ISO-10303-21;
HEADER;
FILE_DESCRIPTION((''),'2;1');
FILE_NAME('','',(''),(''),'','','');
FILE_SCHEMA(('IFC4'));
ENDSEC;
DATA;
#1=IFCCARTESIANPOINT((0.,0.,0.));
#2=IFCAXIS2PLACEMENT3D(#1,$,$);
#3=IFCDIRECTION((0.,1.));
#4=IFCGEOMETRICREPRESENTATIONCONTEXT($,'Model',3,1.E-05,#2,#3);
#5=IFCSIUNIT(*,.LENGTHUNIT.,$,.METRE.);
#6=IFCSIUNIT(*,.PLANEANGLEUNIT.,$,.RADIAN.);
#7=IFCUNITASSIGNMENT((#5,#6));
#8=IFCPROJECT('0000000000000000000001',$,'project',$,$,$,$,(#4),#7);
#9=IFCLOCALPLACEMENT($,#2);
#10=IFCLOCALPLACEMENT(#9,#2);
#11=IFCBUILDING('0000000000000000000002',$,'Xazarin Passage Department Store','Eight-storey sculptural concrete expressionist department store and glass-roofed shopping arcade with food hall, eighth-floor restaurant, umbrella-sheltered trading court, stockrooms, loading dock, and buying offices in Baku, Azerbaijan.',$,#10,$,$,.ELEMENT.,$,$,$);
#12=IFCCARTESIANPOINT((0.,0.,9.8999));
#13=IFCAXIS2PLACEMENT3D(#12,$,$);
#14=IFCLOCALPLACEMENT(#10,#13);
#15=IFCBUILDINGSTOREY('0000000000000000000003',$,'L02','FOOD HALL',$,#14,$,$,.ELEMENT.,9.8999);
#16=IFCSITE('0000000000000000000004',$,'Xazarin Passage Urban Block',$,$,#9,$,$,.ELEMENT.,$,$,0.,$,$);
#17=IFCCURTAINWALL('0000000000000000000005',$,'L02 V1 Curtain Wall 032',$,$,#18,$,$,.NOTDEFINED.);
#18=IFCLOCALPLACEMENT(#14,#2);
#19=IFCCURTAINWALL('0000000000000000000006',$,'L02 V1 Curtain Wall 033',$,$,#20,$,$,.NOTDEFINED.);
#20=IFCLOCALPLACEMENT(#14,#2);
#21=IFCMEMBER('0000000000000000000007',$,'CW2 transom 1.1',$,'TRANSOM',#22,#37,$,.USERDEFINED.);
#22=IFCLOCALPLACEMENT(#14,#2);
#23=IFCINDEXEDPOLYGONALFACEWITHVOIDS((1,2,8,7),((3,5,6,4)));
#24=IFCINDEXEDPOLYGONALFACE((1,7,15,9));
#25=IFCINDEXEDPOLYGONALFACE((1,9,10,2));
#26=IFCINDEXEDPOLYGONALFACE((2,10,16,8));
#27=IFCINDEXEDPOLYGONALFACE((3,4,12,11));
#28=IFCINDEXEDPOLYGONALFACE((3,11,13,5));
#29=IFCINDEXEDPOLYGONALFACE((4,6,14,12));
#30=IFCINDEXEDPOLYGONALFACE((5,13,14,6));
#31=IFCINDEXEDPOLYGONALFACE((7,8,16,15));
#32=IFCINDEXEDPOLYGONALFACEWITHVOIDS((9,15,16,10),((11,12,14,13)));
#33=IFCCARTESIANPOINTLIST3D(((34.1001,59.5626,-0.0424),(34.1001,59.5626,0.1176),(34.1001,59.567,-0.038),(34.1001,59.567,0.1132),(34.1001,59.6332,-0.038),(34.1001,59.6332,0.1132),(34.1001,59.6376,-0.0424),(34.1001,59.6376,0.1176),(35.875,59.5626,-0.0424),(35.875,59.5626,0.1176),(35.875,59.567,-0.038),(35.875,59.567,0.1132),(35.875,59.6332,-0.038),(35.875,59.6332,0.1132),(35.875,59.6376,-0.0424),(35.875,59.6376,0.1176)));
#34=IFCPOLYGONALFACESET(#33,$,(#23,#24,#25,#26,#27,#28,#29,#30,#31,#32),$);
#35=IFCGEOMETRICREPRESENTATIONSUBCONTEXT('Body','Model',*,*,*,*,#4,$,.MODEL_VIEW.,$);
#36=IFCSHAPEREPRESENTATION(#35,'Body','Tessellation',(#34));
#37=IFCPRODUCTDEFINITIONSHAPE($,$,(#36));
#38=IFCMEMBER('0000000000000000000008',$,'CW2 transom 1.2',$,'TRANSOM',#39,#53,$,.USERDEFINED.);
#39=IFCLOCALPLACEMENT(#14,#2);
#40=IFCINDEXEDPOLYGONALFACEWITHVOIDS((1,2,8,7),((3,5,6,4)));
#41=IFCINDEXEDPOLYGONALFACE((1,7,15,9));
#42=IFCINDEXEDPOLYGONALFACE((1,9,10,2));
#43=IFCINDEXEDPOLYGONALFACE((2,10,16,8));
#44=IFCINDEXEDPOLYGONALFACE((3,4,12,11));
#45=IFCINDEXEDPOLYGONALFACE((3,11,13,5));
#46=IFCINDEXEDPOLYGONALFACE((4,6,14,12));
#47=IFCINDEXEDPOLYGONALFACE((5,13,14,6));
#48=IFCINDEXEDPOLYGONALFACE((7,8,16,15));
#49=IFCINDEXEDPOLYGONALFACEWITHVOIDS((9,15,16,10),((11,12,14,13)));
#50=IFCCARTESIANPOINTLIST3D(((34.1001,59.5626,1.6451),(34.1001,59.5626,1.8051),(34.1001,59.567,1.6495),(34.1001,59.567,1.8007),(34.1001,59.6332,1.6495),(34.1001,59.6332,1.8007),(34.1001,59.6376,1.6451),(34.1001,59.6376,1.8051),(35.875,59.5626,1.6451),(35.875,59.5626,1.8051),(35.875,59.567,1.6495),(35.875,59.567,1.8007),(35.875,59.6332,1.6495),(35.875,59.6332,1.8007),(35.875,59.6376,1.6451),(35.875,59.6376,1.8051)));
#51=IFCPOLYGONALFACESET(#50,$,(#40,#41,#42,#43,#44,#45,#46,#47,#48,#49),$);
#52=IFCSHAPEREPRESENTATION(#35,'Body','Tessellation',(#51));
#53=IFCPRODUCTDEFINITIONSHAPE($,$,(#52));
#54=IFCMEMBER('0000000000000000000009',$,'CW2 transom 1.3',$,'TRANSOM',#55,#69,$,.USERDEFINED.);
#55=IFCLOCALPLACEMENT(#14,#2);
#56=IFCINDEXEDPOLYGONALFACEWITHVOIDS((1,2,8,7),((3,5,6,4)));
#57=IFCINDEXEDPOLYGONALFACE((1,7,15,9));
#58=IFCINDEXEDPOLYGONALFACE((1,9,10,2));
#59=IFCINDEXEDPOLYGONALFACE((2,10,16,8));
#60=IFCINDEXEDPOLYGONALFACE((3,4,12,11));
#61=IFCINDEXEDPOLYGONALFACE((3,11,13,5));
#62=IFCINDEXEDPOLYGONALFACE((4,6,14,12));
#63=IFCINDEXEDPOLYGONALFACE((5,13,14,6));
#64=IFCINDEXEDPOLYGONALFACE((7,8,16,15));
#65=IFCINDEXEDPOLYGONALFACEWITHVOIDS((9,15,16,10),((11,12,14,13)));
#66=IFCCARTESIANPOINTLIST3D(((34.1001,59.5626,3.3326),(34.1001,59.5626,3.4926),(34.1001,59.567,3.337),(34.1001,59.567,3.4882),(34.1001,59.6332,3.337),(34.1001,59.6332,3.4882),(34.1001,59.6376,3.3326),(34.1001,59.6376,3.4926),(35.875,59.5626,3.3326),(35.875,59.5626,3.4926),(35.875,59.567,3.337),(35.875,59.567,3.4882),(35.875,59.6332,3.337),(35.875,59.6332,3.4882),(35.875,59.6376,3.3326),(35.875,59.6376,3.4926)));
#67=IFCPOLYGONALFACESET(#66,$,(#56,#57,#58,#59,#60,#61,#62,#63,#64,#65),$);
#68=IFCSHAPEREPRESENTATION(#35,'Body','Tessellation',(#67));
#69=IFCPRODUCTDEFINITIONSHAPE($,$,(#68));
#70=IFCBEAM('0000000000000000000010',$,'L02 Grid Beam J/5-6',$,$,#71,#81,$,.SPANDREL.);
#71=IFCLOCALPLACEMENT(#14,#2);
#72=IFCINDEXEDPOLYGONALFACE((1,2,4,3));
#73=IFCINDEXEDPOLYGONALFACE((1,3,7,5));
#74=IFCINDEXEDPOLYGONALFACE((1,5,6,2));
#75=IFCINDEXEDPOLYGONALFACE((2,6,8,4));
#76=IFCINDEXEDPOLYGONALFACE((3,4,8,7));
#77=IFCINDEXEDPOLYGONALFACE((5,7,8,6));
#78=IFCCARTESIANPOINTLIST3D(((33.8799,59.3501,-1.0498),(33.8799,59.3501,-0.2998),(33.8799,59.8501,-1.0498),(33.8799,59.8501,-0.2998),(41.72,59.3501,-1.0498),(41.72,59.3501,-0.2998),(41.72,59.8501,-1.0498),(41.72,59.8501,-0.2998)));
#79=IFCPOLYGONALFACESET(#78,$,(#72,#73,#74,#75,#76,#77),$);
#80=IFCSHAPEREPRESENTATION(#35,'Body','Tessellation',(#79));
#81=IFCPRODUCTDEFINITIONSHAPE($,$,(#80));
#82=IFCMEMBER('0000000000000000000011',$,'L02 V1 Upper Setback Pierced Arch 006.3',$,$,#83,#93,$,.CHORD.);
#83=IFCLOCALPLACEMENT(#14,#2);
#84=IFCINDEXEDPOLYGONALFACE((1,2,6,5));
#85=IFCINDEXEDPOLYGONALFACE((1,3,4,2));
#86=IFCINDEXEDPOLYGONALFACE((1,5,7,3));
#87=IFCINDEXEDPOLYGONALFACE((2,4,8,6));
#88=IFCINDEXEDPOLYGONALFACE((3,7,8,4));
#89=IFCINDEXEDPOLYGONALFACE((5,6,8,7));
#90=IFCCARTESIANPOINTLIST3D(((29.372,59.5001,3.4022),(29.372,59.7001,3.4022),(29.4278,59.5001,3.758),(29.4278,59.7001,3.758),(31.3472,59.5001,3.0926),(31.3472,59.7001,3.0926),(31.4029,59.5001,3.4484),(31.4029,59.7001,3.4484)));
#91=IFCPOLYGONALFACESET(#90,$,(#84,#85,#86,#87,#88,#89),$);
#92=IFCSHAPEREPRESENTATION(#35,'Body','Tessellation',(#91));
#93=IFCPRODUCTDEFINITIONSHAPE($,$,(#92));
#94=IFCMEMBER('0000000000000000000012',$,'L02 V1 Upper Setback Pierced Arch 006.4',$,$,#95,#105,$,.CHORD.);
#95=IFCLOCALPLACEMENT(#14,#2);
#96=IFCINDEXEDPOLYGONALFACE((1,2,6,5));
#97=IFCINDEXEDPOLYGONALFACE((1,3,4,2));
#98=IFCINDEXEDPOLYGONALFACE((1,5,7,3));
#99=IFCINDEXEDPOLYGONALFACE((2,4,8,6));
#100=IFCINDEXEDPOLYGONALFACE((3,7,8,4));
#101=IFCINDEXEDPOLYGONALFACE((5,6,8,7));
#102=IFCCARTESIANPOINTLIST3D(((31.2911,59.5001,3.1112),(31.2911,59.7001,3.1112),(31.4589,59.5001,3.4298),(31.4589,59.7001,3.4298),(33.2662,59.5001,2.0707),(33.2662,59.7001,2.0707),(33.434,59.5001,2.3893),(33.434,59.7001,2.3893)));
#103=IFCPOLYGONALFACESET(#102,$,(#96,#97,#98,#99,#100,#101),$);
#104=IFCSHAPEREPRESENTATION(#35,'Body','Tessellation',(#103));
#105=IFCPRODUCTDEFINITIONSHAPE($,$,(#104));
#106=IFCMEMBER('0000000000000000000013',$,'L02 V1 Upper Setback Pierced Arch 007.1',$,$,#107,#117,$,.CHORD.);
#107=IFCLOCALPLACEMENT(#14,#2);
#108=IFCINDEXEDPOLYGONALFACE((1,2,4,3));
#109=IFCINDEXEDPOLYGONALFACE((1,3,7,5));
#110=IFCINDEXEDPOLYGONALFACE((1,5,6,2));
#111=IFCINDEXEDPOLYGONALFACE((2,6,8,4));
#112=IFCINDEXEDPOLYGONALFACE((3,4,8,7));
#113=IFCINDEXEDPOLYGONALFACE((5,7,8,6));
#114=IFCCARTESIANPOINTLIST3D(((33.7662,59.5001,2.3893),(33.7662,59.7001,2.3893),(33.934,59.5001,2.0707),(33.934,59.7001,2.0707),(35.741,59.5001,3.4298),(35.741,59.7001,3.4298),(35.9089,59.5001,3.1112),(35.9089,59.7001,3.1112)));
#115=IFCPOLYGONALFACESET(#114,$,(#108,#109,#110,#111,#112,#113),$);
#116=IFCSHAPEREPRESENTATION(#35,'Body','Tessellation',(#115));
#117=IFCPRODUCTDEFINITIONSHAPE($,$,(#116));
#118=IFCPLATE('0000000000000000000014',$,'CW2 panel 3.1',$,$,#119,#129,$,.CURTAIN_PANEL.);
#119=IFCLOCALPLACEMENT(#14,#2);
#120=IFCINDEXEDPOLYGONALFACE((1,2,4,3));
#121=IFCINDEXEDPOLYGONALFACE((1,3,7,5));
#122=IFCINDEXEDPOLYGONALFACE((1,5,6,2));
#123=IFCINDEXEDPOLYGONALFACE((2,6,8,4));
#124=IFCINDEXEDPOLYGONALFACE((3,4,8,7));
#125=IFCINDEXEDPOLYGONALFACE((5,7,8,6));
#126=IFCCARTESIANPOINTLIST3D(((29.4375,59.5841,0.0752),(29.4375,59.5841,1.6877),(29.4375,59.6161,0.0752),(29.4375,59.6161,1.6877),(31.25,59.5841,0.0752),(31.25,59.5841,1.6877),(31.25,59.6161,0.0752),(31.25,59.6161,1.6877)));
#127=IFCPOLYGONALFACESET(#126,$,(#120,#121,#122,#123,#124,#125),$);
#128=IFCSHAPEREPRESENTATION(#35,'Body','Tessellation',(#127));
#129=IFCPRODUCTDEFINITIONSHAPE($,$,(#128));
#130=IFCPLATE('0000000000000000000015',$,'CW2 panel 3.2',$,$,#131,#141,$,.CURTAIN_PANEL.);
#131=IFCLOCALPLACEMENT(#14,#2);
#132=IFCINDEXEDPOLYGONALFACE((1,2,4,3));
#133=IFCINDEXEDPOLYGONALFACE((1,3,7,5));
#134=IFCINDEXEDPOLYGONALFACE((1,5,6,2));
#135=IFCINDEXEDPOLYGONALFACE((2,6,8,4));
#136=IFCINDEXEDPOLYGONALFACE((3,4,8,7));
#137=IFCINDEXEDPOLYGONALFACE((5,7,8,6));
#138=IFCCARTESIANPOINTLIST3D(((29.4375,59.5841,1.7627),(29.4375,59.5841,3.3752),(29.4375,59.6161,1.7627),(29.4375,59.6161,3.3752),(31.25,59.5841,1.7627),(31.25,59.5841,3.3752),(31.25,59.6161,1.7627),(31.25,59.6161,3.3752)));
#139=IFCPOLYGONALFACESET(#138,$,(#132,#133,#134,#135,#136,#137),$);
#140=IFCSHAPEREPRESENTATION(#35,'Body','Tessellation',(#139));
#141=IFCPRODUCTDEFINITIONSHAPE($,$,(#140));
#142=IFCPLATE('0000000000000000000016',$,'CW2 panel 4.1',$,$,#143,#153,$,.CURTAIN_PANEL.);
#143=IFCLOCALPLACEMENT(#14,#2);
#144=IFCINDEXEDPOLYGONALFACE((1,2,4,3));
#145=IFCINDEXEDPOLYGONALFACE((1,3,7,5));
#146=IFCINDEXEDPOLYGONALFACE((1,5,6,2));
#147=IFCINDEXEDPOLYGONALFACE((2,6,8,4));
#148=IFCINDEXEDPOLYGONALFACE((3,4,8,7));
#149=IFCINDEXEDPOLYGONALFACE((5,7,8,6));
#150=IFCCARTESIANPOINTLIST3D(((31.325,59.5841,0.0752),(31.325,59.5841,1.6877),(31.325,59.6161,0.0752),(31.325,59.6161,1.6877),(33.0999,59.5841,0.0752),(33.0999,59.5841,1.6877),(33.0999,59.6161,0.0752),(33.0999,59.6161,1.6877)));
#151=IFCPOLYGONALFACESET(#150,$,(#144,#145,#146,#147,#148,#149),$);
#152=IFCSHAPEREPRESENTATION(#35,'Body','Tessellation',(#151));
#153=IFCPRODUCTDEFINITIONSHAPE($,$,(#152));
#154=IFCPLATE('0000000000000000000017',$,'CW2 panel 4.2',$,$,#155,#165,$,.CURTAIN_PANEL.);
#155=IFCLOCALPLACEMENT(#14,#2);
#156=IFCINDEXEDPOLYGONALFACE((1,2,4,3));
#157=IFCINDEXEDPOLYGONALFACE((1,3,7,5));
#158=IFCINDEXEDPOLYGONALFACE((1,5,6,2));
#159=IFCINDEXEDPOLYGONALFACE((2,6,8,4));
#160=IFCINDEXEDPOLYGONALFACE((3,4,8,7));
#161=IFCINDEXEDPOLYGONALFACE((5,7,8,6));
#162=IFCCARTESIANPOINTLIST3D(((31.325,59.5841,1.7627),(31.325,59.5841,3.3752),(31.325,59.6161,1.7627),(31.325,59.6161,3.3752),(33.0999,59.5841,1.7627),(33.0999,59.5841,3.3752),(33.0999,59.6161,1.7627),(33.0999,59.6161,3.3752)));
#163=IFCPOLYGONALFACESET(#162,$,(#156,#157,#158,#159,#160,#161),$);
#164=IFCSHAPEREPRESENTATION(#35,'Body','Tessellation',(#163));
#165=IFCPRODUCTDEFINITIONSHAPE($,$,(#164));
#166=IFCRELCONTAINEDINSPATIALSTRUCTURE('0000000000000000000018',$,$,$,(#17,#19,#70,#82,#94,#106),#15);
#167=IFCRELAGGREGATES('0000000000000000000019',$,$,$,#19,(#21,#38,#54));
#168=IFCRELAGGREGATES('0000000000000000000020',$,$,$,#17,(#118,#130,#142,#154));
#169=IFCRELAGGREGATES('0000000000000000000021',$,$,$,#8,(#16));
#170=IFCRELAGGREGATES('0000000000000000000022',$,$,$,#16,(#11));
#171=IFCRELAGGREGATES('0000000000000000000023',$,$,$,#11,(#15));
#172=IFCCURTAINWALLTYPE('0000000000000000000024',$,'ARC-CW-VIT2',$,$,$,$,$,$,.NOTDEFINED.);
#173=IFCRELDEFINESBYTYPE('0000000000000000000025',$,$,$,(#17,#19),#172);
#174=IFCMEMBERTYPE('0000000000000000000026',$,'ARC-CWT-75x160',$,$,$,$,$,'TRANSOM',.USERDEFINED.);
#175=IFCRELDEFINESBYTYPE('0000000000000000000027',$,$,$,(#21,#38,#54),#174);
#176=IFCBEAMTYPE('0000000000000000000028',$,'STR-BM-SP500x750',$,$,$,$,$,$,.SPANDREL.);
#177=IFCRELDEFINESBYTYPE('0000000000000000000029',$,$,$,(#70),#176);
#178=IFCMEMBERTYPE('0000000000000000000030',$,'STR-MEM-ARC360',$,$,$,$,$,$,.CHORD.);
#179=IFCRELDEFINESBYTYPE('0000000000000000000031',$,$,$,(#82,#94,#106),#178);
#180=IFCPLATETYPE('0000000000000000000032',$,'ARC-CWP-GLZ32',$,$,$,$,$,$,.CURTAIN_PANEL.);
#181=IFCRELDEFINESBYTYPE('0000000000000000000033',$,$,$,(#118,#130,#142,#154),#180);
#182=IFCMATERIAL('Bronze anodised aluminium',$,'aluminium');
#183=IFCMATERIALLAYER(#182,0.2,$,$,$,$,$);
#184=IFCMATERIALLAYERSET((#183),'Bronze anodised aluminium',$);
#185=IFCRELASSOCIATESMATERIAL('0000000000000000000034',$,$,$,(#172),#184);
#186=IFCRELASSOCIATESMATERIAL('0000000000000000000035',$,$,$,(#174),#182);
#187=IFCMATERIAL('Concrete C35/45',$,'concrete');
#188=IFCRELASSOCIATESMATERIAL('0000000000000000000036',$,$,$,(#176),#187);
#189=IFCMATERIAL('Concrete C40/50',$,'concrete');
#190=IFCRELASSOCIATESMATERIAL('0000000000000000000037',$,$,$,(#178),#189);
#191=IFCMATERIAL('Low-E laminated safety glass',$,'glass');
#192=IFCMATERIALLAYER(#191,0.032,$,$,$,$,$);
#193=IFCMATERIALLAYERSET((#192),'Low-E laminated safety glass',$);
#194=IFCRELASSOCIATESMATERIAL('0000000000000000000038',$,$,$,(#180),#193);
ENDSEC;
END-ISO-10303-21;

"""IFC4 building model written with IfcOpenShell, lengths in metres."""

from ifc_helpers import new_model, si_unit, direction, frame, origin, origin_2d, place, context, subcontext, project, spatial, rectangle, hollow_rectangle, extrude, material, layer, layer_set, material_profile, profile_set, type_object, element, aggregate, save


model = new_model("IFC4")

# Units and contexts
model_context = context("Model", 3, precision=1e-05, world=origin(), true_north=direction((0.0, 1.0)))
body_context = subcontext(model_context, "Body", "Model", "MODEL_VIEW")
ifc_project = project(units=[si_unit("LENGTHUNIT", "METRE"), si_unit("PLANEANGLEUNIT", "RADIAN")], contexts=[model_context])

# Site, building, storey
site_placement = place(None, origin())
site = spatial("IfcSite", under=ifc_project, at=site_placement, Name="Xazarin Passage Urban Block", CompositionType="ELEMENT", RefElevation=0.0)
building_placement = place(site_placement, origin())
building = spatial("IfcBuilding", under=site, at=building_placement, Name="Xazarin Passage Department Store", Description="Eight-storey sculptural concrete expressionist department store and glass-roofed shopping arcade with food hall, eighth-floor restaurant, umbrella-sheltered trading court, stockrooms, loading dock, and buying offices in Baku, Azerbaijan.", CompositionType="ELEMENT")
storey_placement = place(building_placement, frame((0.0, 0.0, 9.8999)))
storey = spatial("IfcBuildingStorey", under=building, at=storey_placement, Name="L02", Description="FOOD HALL", CompositionType="ELEMENT", Elevation=9.8999)

# Shared definitions
ifc_material_1 = material(Name="Concrete C40/50", Category="concrete")

# Curtain wall
ifc_material_2 = material(Name="Bronze anodised aluminium", Category="aluminium")
ifc_layer_1 = layer(ifc_material_2, 0.2)
ifc_layer_set_1 = layer_set([ifc_layer_1], Name="Bronze anodised aluminium")
curtain_wall_type = type_object("IfcCurtainWallType", Name="ARC-CW-VIT2", PredefinedType="NOTDEFINED", material=ifc_layer_set_1)
curtain_wall_1_placement = place(storey_placement, origin())
curtain_wall_1 = element("IfcCurtainWall", 1, at=curtain_wall_1_placement, inside=storey, type_object=curtain_wall_type, Name="L02 V1 Curtain Wall 032", PredefinedType="NOTDEFINED")

# Curtain wall
curtain_wall_2_placement = place(storey_placement, origin())
curtain_wall_2 = element("IfcCurtainWall", 2, at=curtain_wall_2_placement, inside=storey, type_object=curtain_wall_type, Name="L02 V1 Curtain Wall 033", PredefinedType="NOTDEFINED")

# Members
ifc_material_profile_1 = material_profile(ifc_material_2, hollow_rectangle(XDim=0.075, YDim=0.1599, WallThickness=0.0044, at=origin_2d()), Name="ALU 75x160")
ifc_profile_set_1 = profile_set([ifc_material_profile_1], Name="Bronze anodised aluminium")
member_type_1 = type_object("IfcMemberType", Name="ARC-CWT-75x160", ElementType="TRANSOM", PredefinedType="USERDEFINED", material=ifc_profile_set_1)
member_1_placement = place(storey_placement, frame((34.1001, 59.6001, 0.0376), z_axis=(1.0, 0.0, 0.0), x_axis=(0.0, 1.0, 0.0)))
member_1 = element("IfcMember", 3, at=member_1_placement, type_object=member_type_1, Name="CW2 transom 1.1", ObjectType="TRANSOM", PredefinedType="USERDEFINED", context=body_context, shape_type="SweptSolid", body=[
    extrude(hollow_rectangle(XDim=0.075, YDim=0.1599, WallThickness=0.0044, at=origin_2d()), origin(), (0.0, 0.0, 1.0), 1.7749),
])
member_2_placement = place(storey_placement, frame((34.1001, 59.6001, 1.7251), z_axis=(1.0, 0.0, 0.0), x_axis=(0.0, 1.0, 0.0)))
member_2 = element("IfcMember", 4, at=member_2_placement, type_object=member_type_1, Name="CW2 transom 1.2", ObjectType="TRANSOM", PredefinedType="USERDEFINED", context=body_context, shape_type="SweptSolid", body=[
    extrude(hollow_rectangle(XDim=0.075, YDim=0.1599, WallThickness=0.0044, at=origin_2d()), origin(), (0.0, 0.0, 1.0), 1.7749),
])
member_3_placement = place(storey_placement, frame((34.1001, 59.6001, 3.4126), z_axis=(1.0, 0.0, 0.0), x_axis=(0.0, 1.0, 0.0)))
member_3 = element("IfcMember", 5, at=member_3_placement, type_object=member_type_1, Name="CW2 transom 1.3", ObjectType="TRANSOM", PredefinedType="USERDEFINED", context=body_context, shape_type="SweptSolid", body=[
    extrude(hollow_rectangle(XDim=0.075, YDim=0.1599, WallThickness=0.0044, at=origin_2d()), origin(), (0.0, 0.0, 1.0), 1.7749),
])
aggregate(curtain_wall_2, [member_1, member_2, member_3])

# Beam
ifc_material_3 = material(Name="Concrete C35/45", Category="concrete")
ifc_material_profile_2 = material_profile(ifc_material_3, rectangle(XDim=0.5, YDim=0.75, at=origin_2d()), Name="RC 500x750")
ifc_profile_set_2 = profile_set([ifc_material_profile_2], Name="Concrete C35/45")
beam_type = type_object("IfcBeamType", Name="STR-BM-SP500x750", PredefinedType="SPANDREL", material=ifc_profile_set_2)
beam_placement = place(storey_placement, frame((33.8799, 59.6001, -0.6748), z_axis=(1.0, 0.0, 0.0), x_axis=(0.0, 1.0, 0.0)))
element("IfcBeam", 6, at=beam_placement, inside=storey, type_object=beam_type, Name="L02 Grid Beam J/5-6", PredefinedType="SPANDREL", context=body_context, shape_type="SweptSolid", body=[
    extrude(rectangle(XDim=0.5, YDim=0.75, at=origin_2d()), origin(), (0.0, 0.0, 1.0), 7.8401),
])

# Members
ifc_material_profile_3 = material_profile(ifc_material_1, rectangle(XDim=0.2, YDim=0.3601, at=origin_2d()), Name="RC 200x360")
ifc_profile_set_3 = profile_set([ifc_material_profile_3], Name="Concrete C40/50")
member_type_2 = type_object("IfcMemberType", Name="STR-MEM-ARC360", PredefinedType="CHORD", material=ifc_profile_set_3)
member_4_placement = place(storey_placement, frame((29.3999, 59.6001, 3.5801), z_axis=(0.987939, 0.0, -0.154846), x_axis=(0.0, 1.0, 0.0)))
element("IfcMember", 7, at=member_4_placement, inside=storey, type_object=member_type_2, Name="L02 V1 Upper Setback Pierced Arch 006.3", PredefinedType="CHORD", context=body_context, shape_type="SweptSolid", body=[
    extrude(rectangle(XDim=0.2, YDim=0.3601, at=origin_2d()), origin(), (0.0, 0.0, 1.0), 1.9993),
])
member_5_placement = place(storey_placement, frame((31.375, 59.6001, 3.2705), z_axis=(0.884733, 0.0, -0.466098), x_axis=(0.0, 1.0, 0.0)))
element("IfcMember", 8, at=member_5_placement, inside=storey, type_object=member_type_2, Name="L02 V1 Upper Setback Pierced Arch 006.4", PredefinedType="CHORD", context=body_context, shape_type="SweptSolid", body=[
    extrude(rectangle(XDim=0.2, YDim=0.3601, at=origin_2d()), origin(), (0.0, 0.0, 1.0), 2.2324),
])
member_6_placement = place(storey_placement, frame((33.8501, 59.6001, 2.23), z_axis=(0.884709, 0.0, 0.466143), x_axis=(0.0, 1.0, 0.0)))
element("IfcMember", 9, at=member_6_placement, inside=storey, type_object=member_type_2, Name="L02 V1 Upper Setback Pierced Arch 007.1", PredefinedType="CHORD", context=body_context, shape_type="SweptSolid", body=[
    extrude(rectangle(XDim=0.2, YDim=0.3601, at=origin_2d()), origin(), (0.0, 0.0, 1.0), 2.2322),
])

# Plates
ifc_material_4 = material(Name="Low-E laminated safety glass", Category="glass")
ifc_layer_2 = layer(ifc_material_4, 0.032)
ifc_layer_set_2 = layer_set([ifc_layer_2], Name="Low-E laminated safety glass")
plate_type = type_object("IfcPlateType", Name="ARC-CWP-GLZ32", PredefinedType="CURTAIN_PANEL", material=ifc_layer_set_2)
plate_1_placement = place(storey_placement, frame((30.3438, 59.6001, 0.0752), z_axis=(0.0, 0.0, 1.0), x_axis=(1.0, 0.0, 0.0)))
plate_1 = element("IfcPlate", 10, at=plate_1_placement, type_object=plate_type, Name="CW2 panel 3.1", PredefinedType="CURTAIN_PANEL", context=body_context, shape_type="SweptSolid", body=[
    extrude(rectangle(XDim=1.8125, YDim=0.032, at=origin_2d()), origin(), (0.0, 0.0, 1.0), 1.6125),
])
plate_2_placement = place(storey_placement, frame((30.3438, 59.6001, 1.7627), z_axis=(0.0, 0.0, 1.0), x_axis=(1.0, 0.0, 0.0)))
plate_2 = element("IfcPlate", 11, at=plate_2_placement, type_object=plate_type, Name="CW2 panel 3.2", PredefinedType="CURTAIN_PANEL", context=body_context, shape_type="SweptSolid", body=[
    extrude(rectangle(XDim=1.8125, YDim=0.032, at=origin_2d()), origin(), (0.0, 0.0, 1.0), 1.6125),
])
plate_3_placement = place(storey_placement, frame((32.2124, 59.6001, 0.0752), z_axis=(0.0, 0.0, 1.0), x_axis=(1.0, 0.0, 0.0)))
plate_3 = element("IfcPlate", 12, at=plate_3_placement, type_object=plate_type, Name="CW2 panel 4.1", PredefinedType="CURTAIN_PANEL", context=body_context, shape_type="SweptSolid", body=[
    extrude(rectangle(XDim=1.7749, YDim=0.032, at=origin_2d()), origin(), (0.0, 0.0, 1.0), 1.6125),
])
plate_4_placement = place(storey_placement, frame((32.2124, 59.6001, 1.7627), z_axis=(0.0, 0.0, 1.0), x_axis=(1.0, 0.0, 0.0)))
plate_4 = element("IfcPlate", 13, at=plate_4_placement, type_object=plate_type, Name="CW2 panel 4.2", PredefinedType="CURTAIN_PANEL", context=body_context, shape_type="SweptSolid", body=[
    extrude(rectangle(XDim=1.7749, YDim=0.032, at=origin_2d()), origin(), (0.0, 0.0, 1.0), 1.6125),
])
aggregate(curtain_wall_1, [plate_1, plate_2, plate_3, plate_4])

save(model, "model.ifc")
